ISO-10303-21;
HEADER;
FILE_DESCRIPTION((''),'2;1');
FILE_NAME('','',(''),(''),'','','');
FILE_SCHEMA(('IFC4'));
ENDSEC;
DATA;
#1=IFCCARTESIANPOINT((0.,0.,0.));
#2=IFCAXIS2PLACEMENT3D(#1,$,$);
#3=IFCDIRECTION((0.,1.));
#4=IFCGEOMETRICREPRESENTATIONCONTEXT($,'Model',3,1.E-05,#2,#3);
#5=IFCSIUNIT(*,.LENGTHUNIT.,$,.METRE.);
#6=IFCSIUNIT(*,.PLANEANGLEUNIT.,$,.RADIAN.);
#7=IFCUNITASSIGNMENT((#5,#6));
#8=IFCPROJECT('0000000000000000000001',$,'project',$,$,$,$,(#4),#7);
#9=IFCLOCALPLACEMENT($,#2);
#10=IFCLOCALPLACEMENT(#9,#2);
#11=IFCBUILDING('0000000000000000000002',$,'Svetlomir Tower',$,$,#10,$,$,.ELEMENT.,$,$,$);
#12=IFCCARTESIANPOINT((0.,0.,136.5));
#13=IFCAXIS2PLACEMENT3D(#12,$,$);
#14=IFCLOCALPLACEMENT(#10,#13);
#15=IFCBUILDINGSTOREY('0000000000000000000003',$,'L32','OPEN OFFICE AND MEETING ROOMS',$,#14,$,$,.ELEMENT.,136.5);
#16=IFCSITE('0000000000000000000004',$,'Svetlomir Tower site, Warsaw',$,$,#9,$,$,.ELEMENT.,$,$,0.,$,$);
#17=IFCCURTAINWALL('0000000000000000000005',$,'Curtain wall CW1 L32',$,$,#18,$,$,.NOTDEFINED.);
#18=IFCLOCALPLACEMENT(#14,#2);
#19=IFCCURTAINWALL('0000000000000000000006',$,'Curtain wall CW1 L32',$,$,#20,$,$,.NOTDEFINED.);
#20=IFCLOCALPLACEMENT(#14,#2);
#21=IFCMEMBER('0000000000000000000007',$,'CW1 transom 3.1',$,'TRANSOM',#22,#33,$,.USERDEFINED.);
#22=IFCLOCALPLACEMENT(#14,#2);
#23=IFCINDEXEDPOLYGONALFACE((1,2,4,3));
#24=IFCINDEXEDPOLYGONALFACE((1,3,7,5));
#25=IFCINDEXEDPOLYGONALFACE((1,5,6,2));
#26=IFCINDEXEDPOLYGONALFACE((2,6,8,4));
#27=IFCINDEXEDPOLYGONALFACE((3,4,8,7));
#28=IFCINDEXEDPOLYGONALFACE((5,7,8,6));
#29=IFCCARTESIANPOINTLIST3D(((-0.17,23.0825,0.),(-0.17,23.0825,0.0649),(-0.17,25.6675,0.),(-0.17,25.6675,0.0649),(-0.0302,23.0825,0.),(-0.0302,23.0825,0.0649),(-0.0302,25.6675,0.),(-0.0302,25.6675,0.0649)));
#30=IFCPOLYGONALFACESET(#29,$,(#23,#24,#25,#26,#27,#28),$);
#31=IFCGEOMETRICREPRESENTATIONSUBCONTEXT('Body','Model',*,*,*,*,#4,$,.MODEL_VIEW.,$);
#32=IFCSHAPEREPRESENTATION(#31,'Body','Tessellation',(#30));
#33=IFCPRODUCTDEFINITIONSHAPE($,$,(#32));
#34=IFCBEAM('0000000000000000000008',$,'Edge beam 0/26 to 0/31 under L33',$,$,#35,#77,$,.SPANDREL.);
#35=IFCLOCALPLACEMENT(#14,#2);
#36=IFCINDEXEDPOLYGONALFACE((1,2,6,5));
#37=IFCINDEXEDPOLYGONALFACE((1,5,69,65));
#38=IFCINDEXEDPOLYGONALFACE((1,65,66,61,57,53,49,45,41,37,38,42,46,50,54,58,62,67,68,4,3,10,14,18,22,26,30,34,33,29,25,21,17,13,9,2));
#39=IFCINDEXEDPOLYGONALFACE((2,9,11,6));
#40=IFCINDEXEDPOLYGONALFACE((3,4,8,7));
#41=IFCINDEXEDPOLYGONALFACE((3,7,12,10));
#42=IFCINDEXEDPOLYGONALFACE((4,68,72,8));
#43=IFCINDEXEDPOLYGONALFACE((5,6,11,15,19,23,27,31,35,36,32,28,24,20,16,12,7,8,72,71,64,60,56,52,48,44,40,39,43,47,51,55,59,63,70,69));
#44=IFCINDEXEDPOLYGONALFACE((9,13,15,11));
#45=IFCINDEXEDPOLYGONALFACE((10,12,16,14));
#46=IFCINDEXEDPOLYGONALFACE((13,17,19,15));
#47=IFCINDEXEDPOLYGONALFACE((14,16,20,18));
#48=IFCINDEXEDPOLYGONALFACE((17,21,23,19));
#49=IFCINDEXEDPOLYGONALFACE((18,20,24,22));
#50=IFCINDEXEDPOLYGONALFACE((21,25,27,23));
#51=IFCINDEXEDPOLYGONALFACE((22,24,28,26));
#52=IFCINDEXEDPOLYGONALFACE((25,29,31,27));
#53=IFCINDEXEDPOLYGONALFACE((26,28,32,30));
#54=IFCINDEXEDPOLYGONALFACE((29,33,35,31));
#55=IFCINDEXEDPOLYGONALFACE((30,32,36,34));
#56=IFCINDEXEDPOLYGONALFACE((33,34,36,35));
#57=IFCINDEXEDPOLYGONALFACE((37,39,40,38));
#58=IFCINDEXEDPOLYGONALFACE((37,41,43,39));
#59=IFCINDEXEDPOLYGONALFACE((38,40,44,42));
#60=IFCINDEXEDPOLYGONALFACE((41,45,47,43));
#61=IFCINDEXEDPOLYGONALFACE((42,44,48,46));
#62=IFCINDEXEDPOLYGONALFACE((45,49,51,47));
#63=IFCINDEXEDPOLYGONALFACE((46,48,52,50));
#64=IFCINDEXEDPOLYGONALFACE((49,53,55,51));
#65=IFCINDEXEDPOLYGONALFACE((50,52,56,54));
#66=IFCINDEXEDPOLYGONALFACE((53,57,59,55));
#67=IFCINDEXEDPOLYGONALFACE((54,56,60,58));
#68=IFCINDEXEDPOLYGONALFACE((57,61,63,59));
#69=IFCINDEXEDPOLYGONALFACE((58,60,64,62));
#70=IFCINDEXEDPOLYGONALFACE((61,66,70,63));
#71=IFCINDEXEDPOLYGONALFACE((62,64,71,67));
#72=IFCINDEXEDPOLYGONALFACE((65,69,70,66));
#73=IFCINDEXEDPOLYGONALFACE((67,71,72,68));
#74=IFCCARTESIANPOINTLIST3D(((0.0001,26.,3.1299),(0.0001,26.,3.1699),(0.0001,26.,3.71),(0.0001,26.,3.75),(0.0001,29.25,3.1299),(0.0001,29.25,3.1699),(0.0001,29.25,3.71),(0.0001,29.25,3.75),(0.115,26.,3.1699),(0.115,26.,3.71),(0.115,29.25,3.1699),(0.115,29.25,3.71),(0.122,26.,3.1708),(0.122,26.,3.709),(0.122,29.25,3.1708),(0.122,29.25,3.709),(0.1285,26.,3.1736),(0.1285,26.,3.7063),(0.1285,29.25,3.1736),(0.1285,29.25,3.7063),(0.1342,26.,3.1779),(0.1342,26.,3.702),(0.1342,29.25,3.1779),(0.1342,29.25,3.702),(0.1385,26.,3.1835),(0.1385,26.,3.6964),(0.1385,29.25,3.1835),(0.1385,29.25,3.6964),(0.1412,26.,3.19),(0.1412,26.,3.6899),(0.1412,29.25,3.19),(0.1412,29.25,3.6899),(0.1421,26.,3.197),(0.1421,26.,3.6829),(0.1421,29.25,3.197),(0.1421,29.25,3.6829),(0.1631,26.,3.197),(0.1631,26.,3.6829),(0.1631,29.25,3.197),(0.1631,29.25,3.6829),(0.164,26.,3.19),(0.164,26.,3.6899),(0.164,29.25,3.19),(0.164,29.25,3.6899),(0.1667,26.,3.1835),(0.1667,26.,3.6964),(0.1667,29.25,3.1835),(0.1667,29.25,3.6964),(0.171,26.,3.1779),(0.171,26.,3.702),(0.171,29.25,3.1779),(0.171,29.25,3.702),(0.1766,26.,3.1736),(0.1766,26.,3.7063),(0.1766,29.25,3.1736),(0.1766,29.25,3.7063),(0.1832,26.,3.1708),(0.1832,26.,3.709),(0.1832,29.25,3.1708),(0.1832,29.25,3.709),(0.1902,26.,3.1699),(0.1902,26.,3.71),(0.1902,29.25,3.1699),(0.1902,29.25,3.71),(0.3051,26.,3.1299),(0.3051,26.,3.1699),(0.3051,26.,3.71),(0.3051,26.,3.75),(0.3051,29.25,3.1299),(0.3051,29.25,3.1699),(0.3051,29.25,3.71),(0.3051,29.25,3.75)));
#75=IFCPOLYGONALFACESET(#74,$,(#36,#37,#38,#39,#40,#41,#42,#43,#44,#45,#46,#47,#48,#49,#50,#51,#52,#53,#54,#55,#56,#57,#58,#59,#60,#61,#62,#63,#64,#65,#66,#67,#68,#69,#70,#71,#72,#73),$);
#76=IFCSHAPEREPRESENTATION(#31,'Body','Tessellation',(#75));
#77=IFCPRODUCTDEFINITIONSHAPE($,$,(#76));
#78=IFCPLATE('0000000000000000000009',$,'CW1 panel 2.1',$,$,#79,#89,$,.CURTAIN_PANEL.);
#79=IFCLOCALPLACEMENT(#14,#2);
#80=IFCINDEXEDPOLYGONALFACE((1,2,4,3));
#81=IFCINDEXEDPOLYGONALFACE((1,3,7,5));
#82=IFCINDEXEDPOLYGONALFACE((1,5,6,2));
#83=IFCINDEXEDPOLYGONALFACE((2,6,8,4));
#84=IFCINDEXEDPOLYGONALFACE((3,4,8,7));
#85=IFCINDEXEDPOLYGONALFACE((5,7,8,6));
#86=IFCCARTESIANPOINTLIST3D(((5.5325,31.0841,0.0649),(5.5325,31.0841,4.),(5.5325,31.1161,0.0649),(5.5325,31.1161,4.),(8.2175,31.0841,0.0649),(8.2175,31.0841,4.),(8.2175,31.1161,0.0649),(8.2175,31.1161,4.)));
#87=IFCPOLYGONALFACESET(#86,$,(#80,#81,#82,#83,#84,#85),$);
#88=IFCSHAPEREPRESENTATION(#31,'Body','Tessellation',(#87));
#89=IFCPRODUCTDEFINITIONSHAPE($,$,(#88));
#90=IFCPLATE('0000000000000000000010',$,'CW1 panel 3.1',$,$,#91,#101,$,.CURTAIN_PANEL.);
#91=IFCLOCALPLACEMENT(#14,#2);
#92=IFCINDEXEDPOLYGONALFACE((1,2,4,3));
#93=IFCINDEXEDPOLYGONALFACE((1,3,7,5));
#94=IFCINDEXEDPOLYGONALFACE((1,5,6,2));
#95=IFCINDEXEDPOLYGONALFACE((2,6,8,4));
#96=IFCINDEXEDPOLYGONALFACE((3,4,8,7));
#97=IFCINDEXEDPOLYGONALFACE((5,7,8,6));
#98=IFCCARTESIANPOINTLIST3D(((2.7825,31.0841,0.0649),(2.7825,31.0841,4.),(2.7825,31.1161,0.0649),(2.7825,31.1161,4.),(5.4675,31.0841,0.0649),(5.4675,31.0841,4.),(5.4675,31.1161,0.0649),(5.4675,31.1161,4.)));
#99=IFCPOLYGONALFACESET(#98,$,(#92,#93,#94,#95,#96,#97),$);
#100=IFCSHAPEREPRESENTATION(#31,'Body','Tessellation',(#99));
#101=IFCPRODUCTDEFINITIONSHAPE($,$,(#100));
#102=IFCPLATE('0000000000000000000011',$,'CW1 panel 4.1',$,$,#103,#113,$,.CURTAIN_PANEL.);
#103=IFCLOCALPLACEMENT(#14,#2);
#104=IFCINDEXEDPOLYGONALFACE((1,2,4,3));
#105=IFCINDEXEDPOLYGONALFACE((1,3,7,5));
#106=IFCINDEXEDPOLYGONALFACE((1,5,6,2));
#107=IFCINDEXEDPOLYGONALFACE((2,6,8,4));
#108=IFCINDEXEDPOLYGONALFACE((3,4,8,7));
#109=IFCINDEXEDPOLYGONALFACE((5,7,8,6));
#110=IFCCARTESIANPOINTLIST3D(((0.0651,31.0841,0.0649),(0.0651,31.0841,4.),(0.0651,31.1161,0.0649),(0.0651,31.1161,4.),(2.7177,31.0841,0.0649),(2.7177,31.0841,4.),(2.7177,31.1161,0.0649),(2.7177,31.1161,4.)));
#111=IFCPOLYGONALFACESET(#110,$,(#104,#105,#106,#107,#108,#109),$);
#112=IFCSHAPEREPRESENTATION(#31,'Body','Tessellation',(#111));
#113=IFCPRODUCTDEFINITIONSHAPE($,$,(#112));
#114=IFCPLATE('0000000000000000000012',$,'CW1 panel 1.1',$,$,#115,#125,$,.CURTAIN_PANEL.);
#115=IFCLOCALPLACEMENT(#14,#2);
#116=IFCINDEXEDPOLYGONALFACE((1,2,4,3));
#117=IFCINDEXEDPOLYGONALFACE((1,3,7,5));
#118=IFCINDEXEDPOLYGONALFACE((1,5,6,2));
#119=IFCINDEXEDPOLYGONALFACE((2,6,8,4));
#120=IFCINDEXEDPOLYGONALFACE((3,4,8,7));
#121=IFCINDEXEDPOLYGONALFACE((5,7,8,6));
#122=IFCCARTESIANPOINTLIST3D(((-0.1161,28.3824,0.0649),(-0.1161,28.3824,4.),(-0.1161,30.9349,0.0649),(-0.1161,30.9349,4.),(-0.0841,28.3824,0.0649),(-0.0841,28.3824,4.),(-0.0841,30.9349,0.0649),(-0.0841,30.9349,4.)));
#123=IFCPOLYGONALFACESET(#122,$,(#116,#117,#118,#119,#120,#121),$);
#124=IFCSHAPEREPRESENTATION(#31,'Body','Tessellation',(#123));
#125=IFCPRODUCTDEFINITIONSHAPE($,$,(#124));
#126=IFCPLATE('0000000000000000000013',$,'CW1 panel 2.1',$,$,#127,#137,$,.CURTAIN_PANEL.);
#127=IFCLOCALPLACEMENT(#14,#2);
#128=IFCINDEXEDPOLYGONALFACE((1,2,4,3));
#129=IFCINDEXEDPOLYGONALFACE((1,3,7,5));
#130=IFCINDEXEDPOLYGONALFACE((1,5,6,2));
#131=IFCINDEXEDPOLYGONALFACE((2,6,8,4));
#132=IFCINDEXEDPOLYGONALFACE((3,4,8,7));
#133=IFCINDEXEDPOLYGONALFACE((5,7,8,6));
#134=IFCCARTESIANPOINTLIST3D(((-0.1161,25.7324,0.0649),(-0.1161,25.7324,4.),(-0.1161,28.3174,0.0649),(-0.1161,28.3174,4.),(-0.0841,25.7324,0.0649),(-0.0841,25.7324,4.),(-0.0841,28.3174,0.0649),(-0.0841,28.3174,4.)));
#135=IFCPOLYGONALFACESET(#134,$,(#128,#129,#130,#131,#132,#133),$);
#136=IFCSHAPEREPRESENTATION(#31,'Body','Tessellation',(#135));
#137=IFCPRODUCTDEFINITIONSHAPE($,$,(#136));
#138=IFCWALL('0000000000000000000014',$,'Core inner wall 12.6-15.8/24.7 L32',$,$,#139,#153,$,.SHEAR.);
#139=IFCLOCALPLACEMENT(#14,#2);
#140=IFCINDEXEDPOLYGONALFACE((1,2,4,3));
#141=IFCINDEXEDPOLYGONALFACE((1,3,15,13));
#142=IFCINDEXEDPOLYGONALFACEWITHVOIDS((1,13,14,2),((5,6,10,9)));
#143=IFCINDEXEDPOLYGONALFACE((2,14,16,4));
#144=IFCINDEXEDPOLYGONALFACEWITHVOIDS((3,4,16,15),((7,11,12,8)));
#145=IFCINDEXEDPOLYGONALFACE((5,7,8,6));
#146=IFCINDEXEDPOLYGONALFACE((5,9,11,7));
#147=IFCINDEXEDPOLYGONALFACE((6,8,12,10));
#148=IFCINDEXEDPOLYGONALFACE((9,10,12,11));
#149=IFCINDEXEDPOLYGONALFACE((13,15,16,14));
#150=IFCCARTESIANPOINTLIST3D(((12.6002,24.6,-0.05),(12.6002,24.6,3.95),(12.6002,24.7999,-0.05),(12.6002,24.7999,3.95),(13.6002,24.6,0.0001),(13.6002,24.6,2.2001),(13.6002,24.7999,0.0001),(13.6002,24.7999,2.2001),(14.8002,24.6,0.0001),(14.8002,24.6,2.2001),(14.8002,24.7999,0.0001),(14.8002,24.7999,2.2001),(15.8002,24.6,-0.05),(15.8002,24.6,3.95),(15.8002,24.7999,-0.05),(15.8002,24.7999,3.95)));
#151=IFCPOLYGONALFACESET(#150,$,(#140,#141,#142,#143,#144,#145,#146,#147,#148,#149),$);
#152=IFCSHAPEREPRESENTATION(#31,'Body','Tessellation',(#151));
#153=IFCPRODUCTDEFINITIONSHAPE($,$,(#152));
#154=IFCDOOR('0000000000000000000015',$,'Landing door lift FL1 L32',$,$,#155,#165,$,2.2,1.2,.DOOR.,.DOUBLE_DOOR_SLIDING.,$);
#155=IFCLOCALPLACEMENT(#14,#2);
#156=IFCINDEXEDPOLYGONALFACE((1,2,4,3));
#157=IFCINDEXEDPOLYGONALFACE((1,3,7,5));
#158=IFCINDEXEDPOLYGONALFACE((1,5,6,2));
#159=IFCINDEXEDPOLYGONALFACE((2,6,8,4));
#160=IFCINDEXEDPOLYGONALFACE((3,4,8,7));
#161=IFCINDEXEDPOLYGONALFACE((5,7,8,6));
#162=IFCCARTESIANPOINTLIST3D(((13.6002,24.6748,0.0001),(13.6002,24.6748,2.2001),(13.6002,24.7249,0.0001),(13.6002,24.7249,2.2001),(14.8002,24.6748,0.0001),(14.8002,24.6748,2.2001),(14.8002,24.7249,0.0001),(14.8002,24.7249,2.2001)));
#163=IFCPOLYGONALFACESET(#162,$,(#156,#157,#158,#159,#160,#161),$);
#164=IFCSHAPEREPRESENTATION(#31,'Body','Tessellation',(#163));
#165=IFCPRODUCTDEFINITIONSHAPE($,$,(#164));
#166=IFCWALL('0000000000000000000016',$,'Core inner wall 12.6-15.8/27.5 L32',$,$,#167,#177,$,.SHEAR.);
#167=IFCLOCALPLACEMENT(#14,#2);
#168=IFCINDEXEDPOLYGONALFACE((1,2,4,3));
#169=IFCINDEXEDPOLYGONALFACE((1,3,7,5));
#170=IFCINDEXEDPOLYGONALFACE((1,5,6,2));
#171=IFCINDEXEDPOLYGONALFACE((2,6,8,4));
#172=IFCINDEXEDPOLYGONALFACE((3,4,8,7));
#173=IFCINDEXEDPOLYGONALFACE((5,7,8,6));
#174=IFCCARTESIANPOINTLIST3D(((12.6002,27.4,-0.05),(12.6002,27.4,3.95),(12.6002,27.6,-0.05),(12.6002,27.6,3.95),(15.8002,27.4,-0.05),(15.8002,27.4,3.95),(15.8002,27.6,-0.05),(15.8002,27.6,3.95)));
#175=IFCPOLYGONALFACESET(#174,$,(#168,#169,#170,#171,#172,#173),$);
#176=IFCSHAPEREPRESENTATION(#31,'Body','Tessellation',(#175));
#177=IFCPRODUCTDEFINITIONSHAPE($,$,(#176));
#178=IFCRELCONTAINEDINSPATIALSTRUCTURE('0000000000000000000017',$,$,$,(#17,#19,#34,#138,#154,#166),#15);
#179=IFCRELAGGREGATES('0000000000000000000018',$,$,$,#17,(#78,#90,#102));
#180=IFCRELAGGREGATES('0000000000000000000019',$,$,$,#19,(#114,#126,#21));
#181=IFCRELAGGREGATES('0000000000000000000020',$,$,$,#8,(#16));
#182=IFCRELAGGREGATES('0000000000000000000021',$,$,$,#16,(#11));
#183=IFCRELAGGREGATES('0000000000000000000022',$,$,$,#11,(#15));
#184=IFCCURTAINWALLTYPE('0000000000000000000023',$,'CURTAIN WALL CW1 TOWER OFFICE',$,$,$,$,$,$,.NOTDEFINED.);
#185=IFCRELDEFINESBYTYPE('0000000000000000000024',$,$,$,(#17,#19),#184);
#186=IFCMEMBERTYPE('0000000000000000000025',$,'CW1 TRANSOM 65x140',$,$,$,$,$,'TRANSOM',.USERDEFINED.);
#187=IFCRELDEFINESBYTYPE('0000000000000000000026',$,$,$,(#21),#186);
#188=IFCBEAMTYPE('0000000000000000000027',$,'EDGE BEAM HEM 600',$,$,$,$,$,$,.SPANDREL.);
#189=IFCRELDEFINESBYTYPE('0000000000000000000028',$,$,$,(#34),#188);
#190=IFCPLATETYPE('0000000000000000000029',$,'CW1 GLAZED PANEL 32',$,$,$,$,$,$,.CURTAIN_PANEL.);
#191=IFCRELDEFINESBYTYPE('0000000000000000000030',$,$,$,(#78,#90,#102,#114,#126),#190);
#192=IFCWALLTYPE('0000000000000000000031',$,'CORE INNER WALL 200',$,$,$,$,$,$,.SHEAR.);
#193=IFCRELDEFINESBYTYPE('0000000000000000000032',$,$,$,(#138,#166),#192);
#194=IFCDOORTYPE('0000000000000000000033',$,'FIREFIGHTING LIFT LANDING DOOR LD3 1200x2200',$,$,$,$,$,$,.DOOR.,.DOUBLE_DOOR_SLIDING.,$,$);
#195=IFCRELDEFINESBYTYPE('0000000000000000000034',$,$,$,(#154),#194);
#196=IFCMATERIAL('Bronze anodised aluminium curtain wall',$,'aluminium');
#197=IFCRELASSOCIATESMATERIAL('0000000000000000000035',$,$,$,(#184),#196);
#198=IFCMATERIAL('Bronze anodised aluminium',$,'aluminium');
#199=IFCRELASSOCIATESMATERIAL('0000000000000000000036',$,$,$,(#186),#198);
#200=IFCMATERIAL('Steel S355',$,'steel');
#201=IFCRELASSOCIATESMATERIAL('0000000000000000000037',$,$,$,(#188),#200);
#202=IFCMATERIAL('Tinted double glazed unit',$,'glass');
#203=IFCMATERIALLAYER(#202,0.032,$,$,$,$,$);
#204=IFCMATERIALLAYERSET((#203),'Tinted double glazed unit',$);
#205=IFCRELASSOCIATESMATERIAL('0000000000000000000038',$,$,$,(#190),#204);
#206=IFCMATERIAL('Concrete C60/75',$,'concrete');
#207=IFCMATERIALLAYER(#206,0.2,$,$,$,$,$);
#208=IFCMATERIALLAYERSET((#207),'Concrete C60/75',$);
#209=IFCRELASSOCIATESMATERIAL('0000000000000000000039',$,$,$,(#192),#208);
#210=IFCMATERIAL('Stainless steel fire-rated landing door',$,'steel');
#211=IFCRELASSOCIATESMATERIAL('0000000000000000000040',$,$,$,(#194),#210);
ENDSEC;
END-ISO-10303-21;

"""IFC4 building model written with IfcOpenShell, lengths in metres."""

from ifc_helpers import new_model, si_unit, direction, frame, frame_2d, origin, origin_2d, place, context, subcontext, project, spatial, rectangle, i_section, extrude, material, layer, layer_set, material_profile, profile_set, type_object, element, fill, aggregate, save


model = new_model("IFC4")

# Units and contexts
model_context = context("Model", 3, precision=1e-05, world=origin(), true_north=direction((0.0, 1.0)))
body_context = subcontext(model_context, "Body", "Model", "MODEL_VIEW")
ifc_project = project(units=[si_unit("LENGTHUNIT", "METRE"), si_unit("PLANEANGLEUNIT", "RADIAN")], contexts=[model_context])

# Site, building, storey
site_placement = place(None, origin())
site = spatial("IfcSite", under=ifc_project, at=site_placement, Name="Svetlomir Tower site, Warsaw", CompositionType="ELEMENT", RefElevation=0.0)
building_placement = place(site_placement, origin())
building = spatial("IfcBuilding", under=site, at=building_placement, Name="Svetlomir Tower", CompositionType="ELEMENT")
storey_placement = place(building_placement, frame((0.0, 0.0, 136.5)))
storey = spatial("IfcBuildingStorey", under=building, at=storey_placement, Name="L32", Description="OPEN OFFICE AND MEETING ROOMS", CompositionType="ELEMENT", Elevation=136.5)

# Shared definitions
ifc_material_1 = material(Name="Bronze anodised aluminium curtain wall", Category="aluminium")
curtain_wall_type = type_object("IfcCurtainWallType", Name="CURTAIN WALL CW1 TOWER OFFICE", PredefinedType="NOTDEFINED", material=ifc_material_1)

# Curtain walls
curtain_wall_1_placement = place(storey_placement, origin())
curtain_wall_1 = element("IfcCurtainWall", 1, at=curtain_wall_1_placement, inside=storey, type_object=curtain_wall_type, Name="Curtain wall CW1 L32", PredefinedType="NOTDEFINED")
curtain_wall_2_placement = place(storey_placement, origin())
curtain_wall_2 = element("IfcCurtainWall", 2, at=curtain_wall_2_placement, inside=storey, type_object=curtain_wall_type, Name="Curtain wall CW1 L32", PredefinedType="NOTDEFINED")

# Member
ifc_material_2 = material(Name="Bronze anodised aluminium", Category="aluminium")
ifc_material_profile_1 = material_profile(ifc_material_2, rectangle(XDim=0.1399, YDim=0.0649, at=origin_2d()), Name="AL 140x65")
ifc_profile_set_1 = profile_set([ifc_material_profile_1], Name="Bronze anodised aluminium 6063-T6")
member_type_1 = type_object("IfcMemberType", Name="CW1 TRANSOM 65x140", ElementType="TRANSOM", PredefinedType="USERDEFINED", material=ifc_profile_set_1)
member_1_placement = place(storey_placement, frame((-0.1001, 25.6675, 0.0325), z_axis=(0.0, -1.0, 0.0), x_axis=(1.0, 0.0, 0.0)))
member_1 = element("IfcMember", 3, at=member_1_placement, type_object=member_type_1, Name="CW1 transom 3.1", ObjectType="TRANSOM", PredefinedType="USERDEFINED", context=body_context, shape_type="SweptSolid", body=[
    extrude(rectangle(XDim=0.1399, YDim=0.0649, at=origin_2d()), origin(), (0.0, 0.0, 1.0), 2.585),
])

# Beam
ifc_material_3 = material(Name="Steel S355", Category="steel")
ifc_material_profile_2 = material_profile(ifc_material_3, i_section(OverallWidth=0.3049, OverallDepth=0.6201, WebThickness=0.021, FlangeThickness=0.04, FilletRadius=0.0271, at=origin_2d()), Name="HEM 600")
ifc_profile_set_2 = profile_set([ifc_material_profile_2], Name="Steel S355")
beam_type = type_object("IfcBeamType", Name="EDGE BEAM HEM 600", PredefinedType="SPANDREL", material=ifc_profile_set_2)
beam_placement = place(storey_placement, frame((0.1526, 26.0, 3.4399), z_axis=(0.0, 1.0, 0.0), x_axis=(-1.0, 0.0, 0.0)))
element("IfcBeam", 4, at=beam_placement, inside=storey, type_object=beam_type, Name="Edge beam 0/26 to 0/31 under L33", PredefinedType="SPANDREL", context=body_context, shape_type="SweptSolid", body=[
    extrude(i_section(OverallWidth=0.3049, OverallDepth=0.6201, WebThickness=0.021, FlangeThickness=0.04, FilletRadius=0.0271, at=origin_2d()), origin(), (0.0, 0.0, 1.0), 3.25),
])

# Plates
ifc_material_4 = material(Name="Tinted double glazed unit", Category="glass")
ifc_layer_1 = layer(ifc_material_4, 0.032)
ifc_layer_set_1 = layer_set([ifc_layer_1], Name="Tinted double glazed unit")
plate_type = type_object("IfcPlateType", Name="CW1 GLAZED PANEL 32", PredefinedType="CURTAIN_PANEL", material=ifc_layer_set_1)
plate_1_placement = place(storey_placement, frame((6.875, 31.1001, 0.0649), z_axis=(0.0, 0.0, 1.0), x_axis=(-1.0, 0.0, 0.0)))
plate_1 = element("IfcPlate", 5, at=plate_1_placement, type_object=plate_type, Name="CW1 panel 2.1", PredefinedType="CURTAIN_PANEL", context=body_context, shape_type="SweptSolid", body=[
    extrude(rectangle(XDim=2.6851, YDim=0.032, at=origin_2d()), origin(), (0.0, 0.0, 1.0), 3.9351),
])
plate_2_placement = place(storey_placement, frame((4.125, 31.1001, 0.0649), z_axis=(0.0, 0.0, 1.0), x_axis=(-1.0, 0.0, 0.0)))
plate_2 = element("IfcPlate", 6, at=plate_2_placement, type_object=plate_type, Name="CW1 panel 3.1", PredefinedType="CURTAIN_PANEL", context=body_context, shape_type="SweptSolid", body=[
    extrude(rectangle(XDim=2.6851, YDim=0.032, at=origin_2d()), origin(), (0.0, 0.0, 1.0), 3.9351),
])
plate_3_placement = place(storey_placement, frame((1.3914, 31.1001, 0.0649), z_axis=(0.0, 0.0, 1.0), x_axis=(-1.0, 0.0, 0.0)))
plate_3 = element("IfcPlate", 7, at=plate_3_placement, type_object=plate_type, Name="CW1 panel 4.1", PredefinedType="CURTAIN_PANEL", context=body_context, shape_type="SweptSolid", body=[
    extrude(rectangle(XDim=2.6526, YDim=0.032, at=origin_2d()), origin(), (0.0, 0.0, 1.0), 3.9351),
])
aggregate(curtain_wall_1, [plate_1, plate_2, plate_3])
plate_4_placement = place(storey_placement, frame((-0.1001, 29.6587, 0.0649), z_axis=(0.0, 0.0, 1.0), x_axis=(0.0, -1.0, 0.0)))
plate_4 = element("IfcPlate", 8, at=plate_4_placement, type_object=plate_type, Name="CW1 panel 1.1", PredefinedType="CURTAIN_PANEL", context=body_context, shape_type="SweptSolid", body=[
    extrude(rectangle(XDim=2.5525, YDim=0.032, at=origin_2d()), origin(), (0.0, 0.0, 1.0), 3.9351),
])
plate_5_placement = place(storey_placement, frame((-0.1001, 27.0249, 0.0649), z_axis=(0.0, 0.0, 1.0), x_axis=(0.0, -1.0, 0.0)))
plate_5 = element("IfcPlate", 9, at=plate_5_placement, type_object=plate_type, Name="CW1 panel 2.1", PredefinedType="CURTAIN_PANEL", context=body_context, shape_type="SweptSolid", body=[
    extrude(rectangle(XDim=2.585, YDim=0.032, at=origin_2d()), origin(), (0.0, 0.0, 1.0), 3.9351),
])
aggregate(curtain_wall_2, [plate_4, plate_5, member_1])

# Wall, opening, door
ifc_material_5 = material(Name="Concrete C60/75", Category="concrete")
ifc_layer_2 = layer(ifc_material_5, 0.2)
ifc_layer_set_2 = layer_set([ifc_layer_2], Name="Concrete C60/75")
wall_type_1 = type_object("IfcWallType", Name="CORE INNER WALL 200", PredefinedType="SHEAR", material=ifc_layer_set_2)
wall_1_placement = place(storey_placement, frame((12.6001, 24.7, -0.05), z_axis=(0.0, 0.0, 1.0), x_axis=(1.0, 0.0, 0.0)))
wall_1 = element("IfcWall", 10, at=wall_1_placement, inside=storey, type_object=wall_type_1, Name="Core inner wall 12.6-15.8/24.7 L32", PredefinedType="SHEAR", context=body_context, shape_type="SweptSolid", body=[
    extrude(rectangle(XDim=3.2, YDim=0.2, at=frame_2d((1.6001, 0.0))), origin(), (0.0, 0.0, 1.0), 4.0),
])
opening_1_placement = place(wall_1_placement, frame((1.0, 0.0, 0.05)))
opening_1 = element("IfcOpeningElement", 11, at=opening_1_placement, cuts=wall_1, PredefinedType="OPENING", context=body_context, shape_type="SweptSolid", body=[
    extrude(rectangle(XDim=1.2, YDim=2.2, at=frame_2d((0.6001, 1.1001))), frame((0.0, 0.1099, 0.0), z_axis=(0.0, -1.0, 0.0), x_axis=(1.0, 0.0, 0.0)), (0.0, 0.0, 1.0), 0.22),
])
ifc_material_6 = material(Name="Stainless steel fire-rated landing door", Category="steel")
door_type_1 = type_object("IfcDoorType", Name="FIREFIGHTING LIFT LANDING DOOR LD3 1200x2200", OperationType="DOUBLE_DOOR_SLIDING", PredefinedType="DOOR", material=ifc_material_6)
door_1_placement = place(opening_1_placement, origin())
door_1 = element("IfcDoor", 12, at=door_1_placement, inside=storey, type_object=door_type_1, Name="Landing door lift FL1 L32", OperationType="DOUBLE_DOOR_SLIDING", OverallHeight=2.2, OverallWidth=1.2, PredefinedType="DOOR", context=body_context, shape_type="SweptSolid", body=[
    extrude(rectangle(XDim=1.2, YDim=2.2, at=frame_2d((0.6001, 1.1001))), frame((0.0, 0.0249, 0.0), z_axis=(0.0, -1.0, 0.0), x_axis=(1.0, 0.0, 0.0)), (0.0, 0.0, 1.0), 0.05),
])
fill(opening_1, door_1)

# Wall
wall_2_placement = place(storey_placement, frame((12.6001, 27.5, -0.05), z_axis=(0.0, 0.0, 1.0), x_axis=(1.0, 0.0, 0.0)))
element("IfcWall", 13, at=wall_2_placement, inside=storey, type_object=wall_type_1, Name="Core inner wall 12.6-15.8/27.5 L32", PredefinedType="SHEAR", context=body_context, shape_type="SweptSolid", body=[
    extrude(rectangle(XDim=3.2, YDim=0.2, at=frame_2d((1.6001, 0.0))), origin(), (0.0, 0.0, 1.0), 4.0),
])

save(model, "model.ifc")
